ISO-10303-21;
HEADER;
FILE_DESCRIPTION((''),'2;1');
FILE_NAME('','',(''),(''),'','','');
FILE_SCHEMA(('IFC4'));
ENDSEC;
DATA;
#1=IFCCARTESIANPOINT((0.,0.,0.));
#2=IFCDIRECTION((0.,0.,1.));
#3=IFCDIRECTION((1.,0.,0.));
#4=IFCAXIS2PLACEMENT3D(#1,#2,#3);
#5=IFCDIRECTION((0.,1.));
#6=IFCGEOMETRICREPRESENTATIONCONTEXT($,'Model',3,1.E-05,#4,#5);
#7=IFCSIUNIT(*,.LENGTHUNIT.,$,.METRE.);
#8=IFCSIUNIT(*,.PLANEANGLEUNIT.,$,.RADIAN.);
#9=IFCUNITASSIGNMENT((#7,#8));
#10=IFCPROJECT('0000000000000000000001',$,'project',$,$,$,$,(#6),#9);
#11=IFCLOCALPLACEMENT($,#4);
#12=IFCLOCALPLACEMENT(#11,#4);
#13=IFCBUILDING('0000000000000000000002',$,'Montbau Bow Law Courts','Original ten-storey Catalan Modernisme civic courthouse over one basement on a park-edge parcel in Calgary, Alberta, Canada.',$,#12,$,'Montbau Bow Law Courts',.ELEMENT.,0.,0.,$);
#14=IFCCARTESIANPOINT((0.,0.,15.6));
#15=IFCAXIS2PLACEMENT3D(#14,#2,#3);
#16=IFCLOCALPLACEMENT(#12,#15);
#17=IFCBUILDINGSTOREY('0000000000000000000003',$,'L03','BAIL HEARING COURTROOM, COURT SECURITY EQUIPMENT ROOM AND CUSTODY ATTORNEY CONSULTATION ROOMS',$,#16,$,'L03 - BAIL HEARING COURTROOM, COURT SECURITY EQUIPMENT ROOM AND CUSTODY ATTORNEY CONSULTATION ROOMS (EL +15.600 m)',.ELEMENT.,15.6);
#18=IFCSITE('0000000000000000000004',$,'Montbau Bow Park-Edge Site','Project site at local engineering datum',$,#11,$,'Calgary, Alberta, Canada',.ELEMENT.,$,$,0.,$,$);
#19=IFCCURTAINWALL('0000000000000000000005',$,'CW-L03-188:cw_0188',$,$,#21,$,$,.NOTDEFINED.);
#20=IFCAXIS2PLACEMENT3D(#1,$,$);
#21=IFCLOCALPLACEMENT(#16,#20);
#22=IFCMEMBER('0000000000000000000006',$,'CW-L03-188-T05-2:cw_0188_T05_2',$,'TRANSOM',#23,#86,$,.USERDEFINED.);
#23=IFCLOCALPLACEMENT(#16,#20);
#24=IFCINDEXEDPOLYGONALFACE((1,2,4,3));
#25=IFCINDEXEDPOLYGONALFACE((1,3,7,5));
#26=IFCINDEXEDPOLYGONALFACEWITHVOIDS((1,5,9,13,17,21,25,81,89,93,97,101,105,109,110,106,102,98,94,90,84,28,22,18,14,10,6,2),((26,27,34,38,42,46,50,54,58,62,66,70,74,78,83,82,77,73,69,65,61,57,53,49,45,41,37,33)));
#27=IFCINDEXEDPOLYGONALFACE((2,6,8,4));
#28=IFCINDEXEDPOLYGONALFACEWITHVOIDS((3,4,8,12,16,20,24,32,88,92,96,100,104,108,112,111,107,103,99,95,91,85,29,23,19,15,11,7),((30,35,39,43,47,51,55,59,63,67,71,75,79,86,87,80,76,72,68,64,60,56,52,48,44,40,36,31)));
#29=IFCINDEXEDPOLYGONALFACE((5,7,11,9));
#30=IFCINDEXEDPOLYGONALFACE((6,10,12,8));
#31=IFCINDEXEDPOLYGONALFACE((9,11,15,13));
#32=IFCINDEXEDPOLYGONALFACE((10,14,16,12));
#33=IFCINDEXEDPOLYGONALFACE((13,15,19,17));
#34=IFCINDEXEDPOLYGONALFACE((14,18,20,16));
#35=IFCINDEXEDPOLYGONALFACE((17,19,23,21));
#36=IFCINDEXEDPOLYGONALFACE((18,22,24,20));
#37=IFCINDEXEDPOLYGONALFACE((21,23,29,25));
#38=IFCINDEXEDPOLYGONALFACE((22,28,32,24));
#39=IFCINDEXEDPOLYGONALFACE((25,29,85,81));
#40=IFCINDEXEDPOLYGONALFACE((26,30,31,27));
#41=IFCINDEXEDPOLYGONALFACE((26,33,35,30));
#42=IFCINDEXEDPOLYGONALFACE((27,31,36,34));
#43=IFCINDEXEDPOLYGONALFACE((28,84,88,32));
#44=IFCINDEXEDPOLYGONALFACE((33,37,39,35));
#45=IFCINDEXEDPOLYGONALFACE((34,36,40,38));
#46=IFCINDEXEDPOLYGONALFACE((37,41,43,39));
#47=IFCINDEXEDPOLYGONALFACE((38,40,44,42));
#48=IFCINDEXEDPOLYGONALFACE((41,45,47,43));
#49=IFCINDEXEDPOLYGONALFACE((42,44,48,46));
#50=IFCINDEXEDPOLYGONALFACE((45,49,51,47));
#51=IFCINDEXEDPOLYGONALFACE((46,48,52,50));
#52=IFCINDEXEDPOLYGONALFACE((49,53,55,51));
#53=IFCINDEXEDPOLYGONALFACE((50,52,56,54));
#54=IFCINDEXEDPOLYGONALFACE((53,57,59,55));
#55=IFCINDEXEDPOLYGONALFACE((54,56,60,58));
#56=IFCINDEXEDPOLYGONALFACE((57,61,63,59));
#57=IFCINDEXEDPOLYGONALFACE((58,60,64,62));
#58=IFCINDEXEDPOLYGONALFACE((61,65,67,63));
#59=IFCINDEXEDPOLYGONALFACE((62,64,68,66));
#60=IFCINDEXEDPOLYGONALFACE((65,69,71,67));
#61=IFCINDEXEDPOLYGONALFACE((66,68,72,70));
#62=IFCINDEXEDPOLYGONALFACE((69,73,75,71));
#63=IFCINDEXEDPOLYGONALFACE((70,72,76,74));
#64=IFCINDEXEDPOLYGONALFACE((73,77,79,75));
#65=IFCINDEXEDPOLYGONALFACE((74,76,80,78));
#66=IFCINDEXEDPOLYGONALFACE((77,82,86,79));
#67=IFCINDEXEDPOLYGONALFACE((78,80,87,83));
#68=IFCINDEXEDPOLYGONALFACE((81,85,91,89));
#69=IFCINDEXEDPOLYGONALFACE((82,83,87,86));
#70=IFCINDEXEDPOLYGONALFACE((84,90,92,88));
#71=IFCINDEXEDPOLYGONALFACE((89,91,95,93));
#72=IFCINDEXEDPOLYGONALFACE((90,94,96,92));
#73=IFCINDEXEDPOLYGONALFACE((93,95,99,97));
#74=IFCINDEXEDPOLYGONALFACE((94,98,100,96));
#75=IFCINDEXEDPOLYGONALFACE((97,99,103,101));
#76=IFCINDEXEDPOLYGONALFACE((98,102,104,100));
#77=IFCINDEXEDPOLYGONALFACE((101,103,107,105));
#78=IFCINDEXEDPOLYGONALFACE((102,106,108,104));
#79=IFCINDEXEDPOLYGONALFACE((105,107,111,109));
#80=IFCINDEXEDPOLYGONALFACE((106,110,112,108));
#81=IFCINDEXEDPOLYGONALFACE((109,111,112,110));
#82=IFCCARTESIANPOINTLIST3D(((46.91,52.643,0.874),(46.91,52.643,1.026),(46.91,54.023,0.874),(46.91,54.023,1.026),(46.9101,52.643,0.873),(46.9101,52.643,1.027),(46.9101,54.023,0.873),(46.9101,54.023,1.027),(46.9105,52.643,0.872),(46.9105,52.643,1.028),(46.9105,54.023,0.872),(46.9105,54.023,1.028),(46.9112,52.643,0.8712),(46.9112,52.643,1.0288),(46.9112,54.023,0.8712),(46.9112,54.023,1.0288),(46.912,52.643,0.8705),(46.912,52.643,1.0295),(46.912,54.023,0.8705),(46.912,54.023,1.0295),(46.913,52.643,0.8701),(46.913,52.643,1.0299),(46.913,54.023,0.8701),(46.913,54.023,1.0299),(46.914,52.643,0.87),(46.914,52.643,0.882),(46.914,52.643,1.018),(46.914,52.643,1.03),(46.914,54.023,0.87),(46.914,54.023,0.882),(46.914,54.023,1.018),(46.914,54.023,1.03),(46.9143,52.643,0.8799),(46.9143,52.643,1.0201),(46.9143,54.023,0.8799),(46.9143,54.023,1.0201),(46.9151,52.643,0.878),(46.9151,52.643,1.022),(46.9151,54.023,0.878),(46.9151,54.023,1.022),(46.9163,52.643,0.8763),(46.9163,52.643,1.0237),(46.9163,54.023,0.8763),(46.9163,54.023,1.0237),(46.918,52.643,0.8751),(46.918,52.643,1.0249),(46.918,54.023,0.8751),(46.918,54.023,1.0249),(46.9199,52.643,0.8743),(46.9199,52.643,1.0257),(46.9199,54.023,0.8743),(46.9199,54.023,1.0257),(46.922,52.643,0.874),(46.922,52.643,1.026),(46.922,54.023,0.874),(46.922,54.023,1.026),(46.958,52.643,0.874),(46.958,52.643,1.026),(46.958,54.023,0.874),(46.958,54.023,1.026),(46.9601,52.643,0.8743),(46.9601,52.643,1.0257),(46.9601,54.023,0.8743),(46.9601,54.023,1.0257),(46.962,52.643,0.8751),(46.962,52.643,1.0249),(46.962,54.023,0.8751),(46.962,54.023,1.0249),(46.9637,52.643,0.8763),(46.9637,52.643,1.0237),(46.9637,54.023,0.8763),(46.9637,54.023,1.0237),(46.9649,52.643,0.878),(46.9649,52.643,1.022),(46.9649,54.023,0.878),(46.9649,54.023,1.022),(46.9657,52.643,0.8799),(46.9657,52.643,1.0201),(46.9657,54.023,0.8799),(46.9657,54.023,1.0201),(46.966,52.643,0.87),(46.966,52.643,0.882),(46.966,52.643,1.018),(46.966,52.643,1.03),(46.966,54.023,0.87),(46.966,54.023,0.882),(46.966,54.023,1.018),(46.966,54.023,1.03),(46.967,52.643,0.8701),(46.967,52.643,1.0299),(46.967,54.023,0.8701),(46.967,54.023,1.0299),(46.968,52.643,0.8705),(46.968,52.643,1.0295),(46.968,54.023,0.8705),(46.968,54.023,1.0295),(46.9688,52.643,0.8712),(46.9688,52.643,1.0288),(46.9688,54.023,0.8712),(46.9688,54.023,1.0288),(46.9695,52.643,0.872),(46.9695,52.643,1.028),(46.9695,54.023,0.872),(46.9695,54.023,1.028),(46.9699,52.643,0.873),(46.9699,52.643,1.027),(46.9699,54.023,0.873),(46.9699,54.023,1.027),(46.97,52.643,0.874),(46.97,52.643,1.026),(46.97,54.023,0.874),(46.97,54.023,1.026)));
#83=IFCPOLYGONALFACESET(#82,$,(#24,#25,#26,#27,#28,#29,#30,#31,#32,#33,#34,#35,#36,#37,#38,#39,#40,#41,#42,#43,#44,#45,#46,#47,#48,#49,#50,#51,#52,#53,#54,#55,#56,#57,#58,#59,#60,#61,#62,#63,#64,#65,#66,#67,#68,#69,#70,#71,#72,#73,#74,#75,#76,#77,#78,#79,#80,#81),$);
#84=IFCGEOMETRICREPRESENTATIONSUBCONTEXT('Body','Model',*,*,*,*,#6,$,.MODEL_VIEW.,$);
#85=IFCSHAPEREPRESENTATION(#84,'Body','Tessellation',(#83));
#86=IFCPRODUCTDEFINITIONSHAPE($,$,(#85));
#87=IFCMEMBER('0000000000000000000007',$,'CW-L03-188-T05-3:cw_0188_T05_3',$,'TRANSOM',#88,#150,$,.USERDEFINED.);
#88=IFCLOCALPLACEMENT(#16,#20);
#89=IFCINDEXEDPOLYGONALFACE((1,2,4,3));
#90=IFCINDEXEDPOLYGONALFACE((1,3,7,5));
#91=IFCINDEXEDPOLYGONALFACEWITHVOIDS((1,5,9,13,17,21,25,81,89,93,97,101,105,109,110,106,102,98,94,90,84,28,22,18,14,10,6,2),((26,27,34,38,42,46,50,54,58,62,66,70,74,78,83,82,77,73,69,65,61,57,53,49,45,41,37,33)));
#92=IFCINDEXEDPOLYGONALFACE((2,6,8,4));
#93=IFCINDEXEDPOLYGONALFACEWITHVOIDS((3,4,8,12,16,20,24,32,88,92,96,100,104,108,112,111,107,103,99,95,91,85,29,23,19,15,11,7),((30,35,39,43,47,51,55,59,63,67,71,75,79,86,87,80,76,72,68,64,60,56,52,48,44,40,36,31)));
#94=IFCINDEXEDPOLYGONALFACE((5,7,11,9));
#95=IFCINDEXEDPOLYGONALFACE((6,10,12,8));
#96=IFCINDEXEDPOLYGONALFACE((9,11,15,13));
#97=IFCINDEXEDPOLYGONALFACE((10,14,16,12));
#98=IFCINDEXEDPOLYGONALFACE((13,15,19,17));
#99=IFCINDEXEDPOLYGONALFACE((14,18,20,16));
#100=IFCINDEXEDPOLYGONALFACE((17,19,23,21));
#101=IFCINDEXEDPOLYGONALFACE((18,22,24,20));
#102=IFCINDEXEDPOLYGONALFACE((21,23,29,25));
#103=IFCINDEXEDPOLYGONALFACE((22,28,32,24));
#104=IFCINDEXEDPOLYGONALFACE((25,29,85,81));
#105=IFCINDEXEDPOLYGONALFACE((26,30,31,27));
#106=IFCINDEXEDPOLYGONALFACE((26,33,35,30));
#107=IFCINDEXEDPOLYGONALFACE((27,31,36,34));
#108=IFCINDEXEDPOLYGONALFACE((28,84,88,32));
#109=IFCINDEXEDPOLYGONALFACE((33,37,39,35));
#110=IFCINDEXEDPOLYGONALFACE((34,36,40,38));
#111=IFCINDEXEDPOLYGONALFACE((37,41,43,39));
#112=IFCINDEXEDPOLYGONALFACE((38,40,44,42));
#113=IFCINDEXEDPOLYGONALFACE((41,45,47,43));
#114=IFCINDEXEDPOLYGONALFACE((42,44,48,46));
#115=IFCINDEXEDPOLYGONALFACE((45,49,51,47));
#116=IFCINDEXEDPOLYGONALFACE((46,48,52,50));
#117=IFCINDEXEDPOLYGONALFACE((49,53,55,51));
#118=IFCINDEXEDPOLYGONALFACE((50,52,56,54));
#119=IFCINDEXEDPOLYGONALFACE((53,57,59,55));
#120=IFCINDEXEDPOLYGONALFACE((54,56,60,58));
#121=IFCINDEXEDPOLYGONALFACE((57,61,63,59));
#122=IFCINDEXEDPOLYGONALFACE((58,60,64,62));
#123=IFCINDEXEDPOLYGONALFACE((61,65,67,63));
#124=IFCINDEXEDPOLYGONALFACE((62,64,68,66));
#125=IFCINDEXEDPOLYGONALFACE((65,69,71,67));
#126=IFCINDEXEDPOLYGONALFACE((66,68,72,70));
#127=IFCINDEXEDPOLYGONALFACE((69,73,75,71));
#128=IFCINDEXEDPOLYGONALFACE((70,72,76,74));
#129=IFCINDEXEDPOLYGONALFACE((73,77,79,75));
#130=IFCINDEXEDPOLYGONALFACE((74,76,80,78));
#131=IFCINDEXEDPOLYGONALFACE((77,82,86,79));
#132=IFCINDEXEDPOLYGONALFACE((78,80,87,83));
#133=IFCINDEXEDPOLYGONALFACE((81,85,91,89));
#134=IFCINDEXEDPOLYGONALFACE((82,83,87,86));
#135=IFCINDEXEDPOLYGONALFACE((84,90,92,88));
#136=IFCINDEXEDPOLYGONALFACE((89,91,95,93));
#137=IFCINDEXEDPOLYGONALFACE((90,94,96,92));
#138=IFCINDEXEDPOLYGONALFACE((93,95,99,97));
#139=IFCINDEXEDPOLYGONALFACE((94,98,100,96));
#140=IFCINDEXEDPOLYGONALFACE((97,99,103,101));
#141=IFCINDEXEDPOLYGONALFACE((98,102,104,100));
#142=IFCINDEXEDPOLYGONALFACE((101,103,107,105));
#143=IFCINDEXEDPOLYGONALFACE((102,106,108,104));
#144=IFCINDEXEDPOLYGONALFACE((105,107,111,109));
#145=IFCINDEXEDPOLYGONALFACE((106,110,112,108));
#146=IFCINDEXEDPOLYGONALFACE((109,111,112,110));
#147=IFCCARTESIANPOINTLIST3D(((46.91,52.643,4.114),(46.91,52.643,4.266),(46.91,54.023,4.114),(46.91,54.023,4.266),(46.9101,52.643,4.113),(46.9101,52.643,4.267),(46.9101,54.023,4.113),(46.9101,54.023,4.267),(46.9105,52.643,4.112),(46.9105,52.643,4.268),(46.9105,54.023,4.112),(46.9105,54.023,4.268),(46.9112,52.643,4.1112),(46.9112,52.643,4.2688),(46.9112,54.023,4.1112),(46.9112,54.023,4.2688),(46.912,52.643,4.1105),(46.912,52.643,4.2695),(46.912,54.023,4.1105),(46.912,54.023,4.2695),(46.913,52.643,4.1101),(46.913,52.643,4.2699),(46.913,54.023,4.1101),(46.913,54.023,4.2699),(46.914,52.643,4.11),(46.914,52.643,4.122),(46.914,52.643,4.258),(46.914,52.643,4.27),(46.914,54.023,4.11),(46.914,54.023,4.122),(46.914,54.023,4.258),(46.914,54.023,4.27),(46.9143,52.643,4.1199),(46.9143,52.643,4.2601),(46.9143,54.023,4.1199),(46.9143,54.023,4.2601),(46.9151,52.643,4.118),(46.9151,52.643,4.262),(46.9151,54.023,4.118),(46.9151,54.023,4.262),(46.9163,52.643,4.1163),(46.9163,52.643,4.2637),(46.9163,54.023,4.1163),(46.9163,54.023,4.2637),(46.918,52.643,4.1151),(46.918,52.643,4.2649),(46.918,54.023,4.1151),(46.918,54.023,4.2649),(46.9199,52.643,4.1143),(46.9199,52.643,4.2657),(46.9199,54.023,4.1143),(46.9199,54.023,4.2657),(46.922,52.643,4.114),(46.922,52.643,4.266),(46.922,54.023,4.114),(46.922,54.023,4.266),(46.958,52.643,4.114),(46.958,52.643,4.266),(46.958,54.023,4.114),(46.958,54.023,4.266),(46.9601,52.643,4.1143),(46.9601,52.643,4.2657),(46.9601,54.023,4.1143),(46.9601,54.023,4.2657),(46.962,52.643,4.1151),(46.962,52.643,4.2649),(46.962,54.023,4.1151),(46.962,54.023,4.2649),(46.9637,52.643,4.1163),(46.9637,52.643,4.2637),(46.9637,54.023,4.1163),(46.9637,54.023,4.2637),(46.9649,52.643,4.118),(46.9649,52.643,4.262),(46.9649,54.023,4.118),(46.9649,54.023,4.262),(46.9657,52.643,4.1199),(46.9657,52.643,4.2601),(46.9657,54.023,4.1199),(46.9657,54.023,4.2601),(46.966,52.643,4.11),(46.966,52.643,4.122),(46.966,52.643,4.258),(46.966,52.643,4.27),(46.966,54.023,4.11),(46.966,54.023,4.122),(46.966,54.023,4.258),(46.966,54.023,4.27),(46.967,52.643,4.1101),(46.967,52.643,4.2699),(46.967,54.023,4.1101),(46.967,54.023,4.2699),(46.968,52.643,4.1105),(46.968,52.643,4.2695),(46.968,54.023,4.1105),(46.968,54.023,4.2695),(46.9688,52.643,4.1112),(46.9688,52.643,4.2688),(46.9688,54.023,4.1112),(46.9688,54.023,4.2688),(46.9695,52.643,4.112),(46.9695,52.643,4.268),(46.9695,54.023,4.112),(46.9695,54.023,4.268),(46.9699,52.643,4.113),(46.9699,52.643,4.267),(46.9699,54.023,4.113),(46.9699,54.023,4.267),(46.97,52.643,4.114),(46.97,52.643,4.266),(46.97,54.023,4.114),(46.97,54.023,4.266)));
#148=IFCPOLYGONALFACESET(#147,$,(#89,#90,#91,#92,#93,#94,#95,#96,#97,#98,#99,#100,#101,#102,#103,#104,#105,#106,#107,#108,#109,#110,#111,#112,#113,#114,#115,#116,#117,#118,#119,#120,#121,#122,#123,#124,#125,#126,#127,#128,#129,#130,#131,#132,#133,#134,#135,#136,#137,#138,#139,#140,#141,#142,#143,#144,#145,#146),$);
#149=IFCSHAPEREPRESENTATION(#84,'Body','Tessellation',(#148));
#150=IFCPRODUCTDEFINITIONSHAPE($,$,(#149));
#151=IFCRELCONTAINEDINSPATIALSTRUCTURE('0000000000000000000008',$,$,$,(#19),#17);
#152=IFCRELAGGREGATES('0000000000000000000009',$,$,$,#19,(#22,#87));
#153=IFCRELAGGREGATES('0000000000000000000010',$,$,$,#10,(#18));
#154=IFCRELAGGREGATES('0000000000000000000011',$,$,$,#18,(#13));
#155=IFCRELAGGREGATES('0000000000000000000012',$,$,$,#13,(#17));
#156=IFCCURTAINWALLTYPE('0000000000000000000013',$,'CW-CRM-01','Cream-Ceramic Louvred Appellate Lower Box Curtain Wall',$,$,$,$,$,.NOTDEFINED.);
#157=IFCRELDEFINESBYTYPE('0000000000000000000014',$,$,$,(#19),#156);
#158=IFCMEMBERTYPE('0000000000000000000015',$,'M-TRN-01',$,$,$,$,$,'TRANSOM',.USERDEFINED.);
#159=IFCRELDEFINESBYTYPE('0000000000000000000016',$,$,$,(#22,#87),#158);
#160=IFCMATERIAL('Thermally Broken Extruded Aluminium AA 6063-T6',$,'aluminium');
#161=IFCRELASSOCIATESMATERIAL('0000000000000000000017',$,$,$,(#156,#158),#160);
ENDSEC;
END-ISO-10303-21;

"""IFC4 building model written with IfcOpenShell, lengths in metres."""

from ifc_helpers import new_model, si_unit, direction, frame, origin_with_axes, origin_2d_with_axis, place, context, subcontext, project, spatial, hollow_rectangle, extrude, material, material_profile, profile_set, type_object, element, aggregate, save


model = new_model("IFC4")

# Units and contexts
model_context = context("Model", 3, precision=1e-05, world=origin_with_axes(), true_north=direction((0.0, 1.0)))
body_context = subcontext(model_context, "Body", "Model", "MODEL_VIEW")
ifc_project = project(units=[si_unit("LENGTHUNIT", "METRE"), si_unit("PLANEANGLEUNIT", "RADIAN")], contexts=[model_context])

# Site, building, storey
site_placement = place(None, origin_with_axes())
site = spatial("IfcSite", under=ifc_project, at=site_placement, Name="Montbau Bow Park-Edge Site", Description="Project site at local engineering datum", LongName="Calgary, Alberta, Canada", CompositionType="ELEMENT", RefElevation=0.0)
building_placement = place(site_placement, origin_with_axes())
building = spatial("IfcBuilding", under=site, at=building_placement, Name="Montbau Bow Law Courts", Description="Original ten-storey Catalan Modernisme civic courthouse over one basement on a park-edge parcel in Calgary, Alberta, Canada.", LongName="Montbau Bow Law Courts", CompositionType="ELEMENT", ElevationOfRefHeight=0.0, ElevationOfTerrain=0.0)
storey_placement = place(building_placement, frame((0.0, 0.0, 15.6), z_axis=(0.0, 0.0, 1.0), x_axis=(1.0, 0.0, 0.0)))
storey = spatial("IfcBuildingStorey", under=building, at=storey_placement, Name="L03", Description="BAIL HEARING COURTROOM, COURT SECURITY EQUIPMENT ROOM AND CUSTODY ATTORNEY CONSULTATION ROOMS", LongName="L03 - BAIL HEARING COURTROOM, COURT SECURITY EQUIPMENT ROOM AND CUSTODY ATTORNEY CONSULTATION ROOMS (EL +15.600 m)", CompositionType="ELEMENT", Elevation=15.6)

# Curtain wall, members
ifc_material_1 = material(Name="Thermally Broken Extruded Aluminium AA 6063-T6", Category="aluminium")
curtain_wall_type_1 = type_object("IfcCurtainWallType", Name="CW-CRM-01", Description="Cream-Ceramic Louvred Appellate Lower Box Curtain Wall", PredefinedType="NOTDEFINED", material=ifc_material_1)
curtain_wall_1_placement = place(None, frame((46.94, 46.715, 15.6), z_axis=(0.0, 0.0, 1.0), x_axis=(1.0, 0.0, 0.0)))
curtain_wall_1 = element("IfcCurtainWall", 1, at=curtain_wall_1_placement, inside=storey, type_object=curtain_wall_type_1, Name="CW-L03-188:cw_0188", PredefinedType="NOTDEFINED")
ifc_material_profile_1 = material_profile(ifc_material_1, hollow_rectangle(XDim=0.06, YDim=0.16, WallThickness=0.004, InnerFilletRadius=0.008, OuterFilletRadius=0.004, at=origin_2d_with_axis()), Name="CWT-160X60", Category="Main", Priority=0)
ifc_profile_set_1 = profile_set([ifc_material_profile_1], Name="Thermally Broken Extruded Aluminium AA 6063-T6")
member_type_1 = type_object("IfcMemberType", Name="M-TRN-01", ElementType="TRANSOM", PredefinedType="USERDEFINED", material=ifc_profile_set_1)
member_1_placement = place(None, frame((46.94, 52.643, 16.55), z_axis=(0.0, 1.0, 0.0), x_axis=(-1.0, 0.0, 0.0)))
member_1 = element("IfcMember", 2, at=member_1_placement, type_object=member_type_1, Name="CW-L03-188-T05-2:cw_0188_T05_2", ObjectType="TRANSOM", PredefinedType="USERDEFINED", context=body_context, shape_type="SweptSolid", body=[
    extrude(hollow_rectangle(XDim=0.06, YDim=0.16, WallThickness=0.004, InnerFilletRadius=0.008, OuterFilletRadius=0.004, at=origin_2d_with_axis()), origin_with_axes(), (0.0, 0.0, 1.0), 1.38),
])
member_2_placement = place(None, frame((46.94, 52.643, 19.79), z_axis=(0.0, 1.0, 0.0), x_axis=(-1.0, 0.0, 0.0)))
member_2 = element("IfcMember", 3, at=member_2_placement, type_object=member_type_1, Name="CW-L03-188-T05-3:cw_0188_T05_3", ObjectType="TRANSOM", PredefinedType="USERDEFINED", context=body_context, shape_type="SweptSolid", body=[
    extrude(hollow_rectangle(XDim=0.06, YDim=0.16, WallThickness=0.004, InnerFilletRadius=0.008, OuterFilletRadius=0.004, at=origin_2d_with_axis()), origin_with_axes(), (0.0, 0.0, 1.0), 1.38),
])

aggregate(curtain_wall_1, [member_1, member_2])

save(model, "model.ifc")
